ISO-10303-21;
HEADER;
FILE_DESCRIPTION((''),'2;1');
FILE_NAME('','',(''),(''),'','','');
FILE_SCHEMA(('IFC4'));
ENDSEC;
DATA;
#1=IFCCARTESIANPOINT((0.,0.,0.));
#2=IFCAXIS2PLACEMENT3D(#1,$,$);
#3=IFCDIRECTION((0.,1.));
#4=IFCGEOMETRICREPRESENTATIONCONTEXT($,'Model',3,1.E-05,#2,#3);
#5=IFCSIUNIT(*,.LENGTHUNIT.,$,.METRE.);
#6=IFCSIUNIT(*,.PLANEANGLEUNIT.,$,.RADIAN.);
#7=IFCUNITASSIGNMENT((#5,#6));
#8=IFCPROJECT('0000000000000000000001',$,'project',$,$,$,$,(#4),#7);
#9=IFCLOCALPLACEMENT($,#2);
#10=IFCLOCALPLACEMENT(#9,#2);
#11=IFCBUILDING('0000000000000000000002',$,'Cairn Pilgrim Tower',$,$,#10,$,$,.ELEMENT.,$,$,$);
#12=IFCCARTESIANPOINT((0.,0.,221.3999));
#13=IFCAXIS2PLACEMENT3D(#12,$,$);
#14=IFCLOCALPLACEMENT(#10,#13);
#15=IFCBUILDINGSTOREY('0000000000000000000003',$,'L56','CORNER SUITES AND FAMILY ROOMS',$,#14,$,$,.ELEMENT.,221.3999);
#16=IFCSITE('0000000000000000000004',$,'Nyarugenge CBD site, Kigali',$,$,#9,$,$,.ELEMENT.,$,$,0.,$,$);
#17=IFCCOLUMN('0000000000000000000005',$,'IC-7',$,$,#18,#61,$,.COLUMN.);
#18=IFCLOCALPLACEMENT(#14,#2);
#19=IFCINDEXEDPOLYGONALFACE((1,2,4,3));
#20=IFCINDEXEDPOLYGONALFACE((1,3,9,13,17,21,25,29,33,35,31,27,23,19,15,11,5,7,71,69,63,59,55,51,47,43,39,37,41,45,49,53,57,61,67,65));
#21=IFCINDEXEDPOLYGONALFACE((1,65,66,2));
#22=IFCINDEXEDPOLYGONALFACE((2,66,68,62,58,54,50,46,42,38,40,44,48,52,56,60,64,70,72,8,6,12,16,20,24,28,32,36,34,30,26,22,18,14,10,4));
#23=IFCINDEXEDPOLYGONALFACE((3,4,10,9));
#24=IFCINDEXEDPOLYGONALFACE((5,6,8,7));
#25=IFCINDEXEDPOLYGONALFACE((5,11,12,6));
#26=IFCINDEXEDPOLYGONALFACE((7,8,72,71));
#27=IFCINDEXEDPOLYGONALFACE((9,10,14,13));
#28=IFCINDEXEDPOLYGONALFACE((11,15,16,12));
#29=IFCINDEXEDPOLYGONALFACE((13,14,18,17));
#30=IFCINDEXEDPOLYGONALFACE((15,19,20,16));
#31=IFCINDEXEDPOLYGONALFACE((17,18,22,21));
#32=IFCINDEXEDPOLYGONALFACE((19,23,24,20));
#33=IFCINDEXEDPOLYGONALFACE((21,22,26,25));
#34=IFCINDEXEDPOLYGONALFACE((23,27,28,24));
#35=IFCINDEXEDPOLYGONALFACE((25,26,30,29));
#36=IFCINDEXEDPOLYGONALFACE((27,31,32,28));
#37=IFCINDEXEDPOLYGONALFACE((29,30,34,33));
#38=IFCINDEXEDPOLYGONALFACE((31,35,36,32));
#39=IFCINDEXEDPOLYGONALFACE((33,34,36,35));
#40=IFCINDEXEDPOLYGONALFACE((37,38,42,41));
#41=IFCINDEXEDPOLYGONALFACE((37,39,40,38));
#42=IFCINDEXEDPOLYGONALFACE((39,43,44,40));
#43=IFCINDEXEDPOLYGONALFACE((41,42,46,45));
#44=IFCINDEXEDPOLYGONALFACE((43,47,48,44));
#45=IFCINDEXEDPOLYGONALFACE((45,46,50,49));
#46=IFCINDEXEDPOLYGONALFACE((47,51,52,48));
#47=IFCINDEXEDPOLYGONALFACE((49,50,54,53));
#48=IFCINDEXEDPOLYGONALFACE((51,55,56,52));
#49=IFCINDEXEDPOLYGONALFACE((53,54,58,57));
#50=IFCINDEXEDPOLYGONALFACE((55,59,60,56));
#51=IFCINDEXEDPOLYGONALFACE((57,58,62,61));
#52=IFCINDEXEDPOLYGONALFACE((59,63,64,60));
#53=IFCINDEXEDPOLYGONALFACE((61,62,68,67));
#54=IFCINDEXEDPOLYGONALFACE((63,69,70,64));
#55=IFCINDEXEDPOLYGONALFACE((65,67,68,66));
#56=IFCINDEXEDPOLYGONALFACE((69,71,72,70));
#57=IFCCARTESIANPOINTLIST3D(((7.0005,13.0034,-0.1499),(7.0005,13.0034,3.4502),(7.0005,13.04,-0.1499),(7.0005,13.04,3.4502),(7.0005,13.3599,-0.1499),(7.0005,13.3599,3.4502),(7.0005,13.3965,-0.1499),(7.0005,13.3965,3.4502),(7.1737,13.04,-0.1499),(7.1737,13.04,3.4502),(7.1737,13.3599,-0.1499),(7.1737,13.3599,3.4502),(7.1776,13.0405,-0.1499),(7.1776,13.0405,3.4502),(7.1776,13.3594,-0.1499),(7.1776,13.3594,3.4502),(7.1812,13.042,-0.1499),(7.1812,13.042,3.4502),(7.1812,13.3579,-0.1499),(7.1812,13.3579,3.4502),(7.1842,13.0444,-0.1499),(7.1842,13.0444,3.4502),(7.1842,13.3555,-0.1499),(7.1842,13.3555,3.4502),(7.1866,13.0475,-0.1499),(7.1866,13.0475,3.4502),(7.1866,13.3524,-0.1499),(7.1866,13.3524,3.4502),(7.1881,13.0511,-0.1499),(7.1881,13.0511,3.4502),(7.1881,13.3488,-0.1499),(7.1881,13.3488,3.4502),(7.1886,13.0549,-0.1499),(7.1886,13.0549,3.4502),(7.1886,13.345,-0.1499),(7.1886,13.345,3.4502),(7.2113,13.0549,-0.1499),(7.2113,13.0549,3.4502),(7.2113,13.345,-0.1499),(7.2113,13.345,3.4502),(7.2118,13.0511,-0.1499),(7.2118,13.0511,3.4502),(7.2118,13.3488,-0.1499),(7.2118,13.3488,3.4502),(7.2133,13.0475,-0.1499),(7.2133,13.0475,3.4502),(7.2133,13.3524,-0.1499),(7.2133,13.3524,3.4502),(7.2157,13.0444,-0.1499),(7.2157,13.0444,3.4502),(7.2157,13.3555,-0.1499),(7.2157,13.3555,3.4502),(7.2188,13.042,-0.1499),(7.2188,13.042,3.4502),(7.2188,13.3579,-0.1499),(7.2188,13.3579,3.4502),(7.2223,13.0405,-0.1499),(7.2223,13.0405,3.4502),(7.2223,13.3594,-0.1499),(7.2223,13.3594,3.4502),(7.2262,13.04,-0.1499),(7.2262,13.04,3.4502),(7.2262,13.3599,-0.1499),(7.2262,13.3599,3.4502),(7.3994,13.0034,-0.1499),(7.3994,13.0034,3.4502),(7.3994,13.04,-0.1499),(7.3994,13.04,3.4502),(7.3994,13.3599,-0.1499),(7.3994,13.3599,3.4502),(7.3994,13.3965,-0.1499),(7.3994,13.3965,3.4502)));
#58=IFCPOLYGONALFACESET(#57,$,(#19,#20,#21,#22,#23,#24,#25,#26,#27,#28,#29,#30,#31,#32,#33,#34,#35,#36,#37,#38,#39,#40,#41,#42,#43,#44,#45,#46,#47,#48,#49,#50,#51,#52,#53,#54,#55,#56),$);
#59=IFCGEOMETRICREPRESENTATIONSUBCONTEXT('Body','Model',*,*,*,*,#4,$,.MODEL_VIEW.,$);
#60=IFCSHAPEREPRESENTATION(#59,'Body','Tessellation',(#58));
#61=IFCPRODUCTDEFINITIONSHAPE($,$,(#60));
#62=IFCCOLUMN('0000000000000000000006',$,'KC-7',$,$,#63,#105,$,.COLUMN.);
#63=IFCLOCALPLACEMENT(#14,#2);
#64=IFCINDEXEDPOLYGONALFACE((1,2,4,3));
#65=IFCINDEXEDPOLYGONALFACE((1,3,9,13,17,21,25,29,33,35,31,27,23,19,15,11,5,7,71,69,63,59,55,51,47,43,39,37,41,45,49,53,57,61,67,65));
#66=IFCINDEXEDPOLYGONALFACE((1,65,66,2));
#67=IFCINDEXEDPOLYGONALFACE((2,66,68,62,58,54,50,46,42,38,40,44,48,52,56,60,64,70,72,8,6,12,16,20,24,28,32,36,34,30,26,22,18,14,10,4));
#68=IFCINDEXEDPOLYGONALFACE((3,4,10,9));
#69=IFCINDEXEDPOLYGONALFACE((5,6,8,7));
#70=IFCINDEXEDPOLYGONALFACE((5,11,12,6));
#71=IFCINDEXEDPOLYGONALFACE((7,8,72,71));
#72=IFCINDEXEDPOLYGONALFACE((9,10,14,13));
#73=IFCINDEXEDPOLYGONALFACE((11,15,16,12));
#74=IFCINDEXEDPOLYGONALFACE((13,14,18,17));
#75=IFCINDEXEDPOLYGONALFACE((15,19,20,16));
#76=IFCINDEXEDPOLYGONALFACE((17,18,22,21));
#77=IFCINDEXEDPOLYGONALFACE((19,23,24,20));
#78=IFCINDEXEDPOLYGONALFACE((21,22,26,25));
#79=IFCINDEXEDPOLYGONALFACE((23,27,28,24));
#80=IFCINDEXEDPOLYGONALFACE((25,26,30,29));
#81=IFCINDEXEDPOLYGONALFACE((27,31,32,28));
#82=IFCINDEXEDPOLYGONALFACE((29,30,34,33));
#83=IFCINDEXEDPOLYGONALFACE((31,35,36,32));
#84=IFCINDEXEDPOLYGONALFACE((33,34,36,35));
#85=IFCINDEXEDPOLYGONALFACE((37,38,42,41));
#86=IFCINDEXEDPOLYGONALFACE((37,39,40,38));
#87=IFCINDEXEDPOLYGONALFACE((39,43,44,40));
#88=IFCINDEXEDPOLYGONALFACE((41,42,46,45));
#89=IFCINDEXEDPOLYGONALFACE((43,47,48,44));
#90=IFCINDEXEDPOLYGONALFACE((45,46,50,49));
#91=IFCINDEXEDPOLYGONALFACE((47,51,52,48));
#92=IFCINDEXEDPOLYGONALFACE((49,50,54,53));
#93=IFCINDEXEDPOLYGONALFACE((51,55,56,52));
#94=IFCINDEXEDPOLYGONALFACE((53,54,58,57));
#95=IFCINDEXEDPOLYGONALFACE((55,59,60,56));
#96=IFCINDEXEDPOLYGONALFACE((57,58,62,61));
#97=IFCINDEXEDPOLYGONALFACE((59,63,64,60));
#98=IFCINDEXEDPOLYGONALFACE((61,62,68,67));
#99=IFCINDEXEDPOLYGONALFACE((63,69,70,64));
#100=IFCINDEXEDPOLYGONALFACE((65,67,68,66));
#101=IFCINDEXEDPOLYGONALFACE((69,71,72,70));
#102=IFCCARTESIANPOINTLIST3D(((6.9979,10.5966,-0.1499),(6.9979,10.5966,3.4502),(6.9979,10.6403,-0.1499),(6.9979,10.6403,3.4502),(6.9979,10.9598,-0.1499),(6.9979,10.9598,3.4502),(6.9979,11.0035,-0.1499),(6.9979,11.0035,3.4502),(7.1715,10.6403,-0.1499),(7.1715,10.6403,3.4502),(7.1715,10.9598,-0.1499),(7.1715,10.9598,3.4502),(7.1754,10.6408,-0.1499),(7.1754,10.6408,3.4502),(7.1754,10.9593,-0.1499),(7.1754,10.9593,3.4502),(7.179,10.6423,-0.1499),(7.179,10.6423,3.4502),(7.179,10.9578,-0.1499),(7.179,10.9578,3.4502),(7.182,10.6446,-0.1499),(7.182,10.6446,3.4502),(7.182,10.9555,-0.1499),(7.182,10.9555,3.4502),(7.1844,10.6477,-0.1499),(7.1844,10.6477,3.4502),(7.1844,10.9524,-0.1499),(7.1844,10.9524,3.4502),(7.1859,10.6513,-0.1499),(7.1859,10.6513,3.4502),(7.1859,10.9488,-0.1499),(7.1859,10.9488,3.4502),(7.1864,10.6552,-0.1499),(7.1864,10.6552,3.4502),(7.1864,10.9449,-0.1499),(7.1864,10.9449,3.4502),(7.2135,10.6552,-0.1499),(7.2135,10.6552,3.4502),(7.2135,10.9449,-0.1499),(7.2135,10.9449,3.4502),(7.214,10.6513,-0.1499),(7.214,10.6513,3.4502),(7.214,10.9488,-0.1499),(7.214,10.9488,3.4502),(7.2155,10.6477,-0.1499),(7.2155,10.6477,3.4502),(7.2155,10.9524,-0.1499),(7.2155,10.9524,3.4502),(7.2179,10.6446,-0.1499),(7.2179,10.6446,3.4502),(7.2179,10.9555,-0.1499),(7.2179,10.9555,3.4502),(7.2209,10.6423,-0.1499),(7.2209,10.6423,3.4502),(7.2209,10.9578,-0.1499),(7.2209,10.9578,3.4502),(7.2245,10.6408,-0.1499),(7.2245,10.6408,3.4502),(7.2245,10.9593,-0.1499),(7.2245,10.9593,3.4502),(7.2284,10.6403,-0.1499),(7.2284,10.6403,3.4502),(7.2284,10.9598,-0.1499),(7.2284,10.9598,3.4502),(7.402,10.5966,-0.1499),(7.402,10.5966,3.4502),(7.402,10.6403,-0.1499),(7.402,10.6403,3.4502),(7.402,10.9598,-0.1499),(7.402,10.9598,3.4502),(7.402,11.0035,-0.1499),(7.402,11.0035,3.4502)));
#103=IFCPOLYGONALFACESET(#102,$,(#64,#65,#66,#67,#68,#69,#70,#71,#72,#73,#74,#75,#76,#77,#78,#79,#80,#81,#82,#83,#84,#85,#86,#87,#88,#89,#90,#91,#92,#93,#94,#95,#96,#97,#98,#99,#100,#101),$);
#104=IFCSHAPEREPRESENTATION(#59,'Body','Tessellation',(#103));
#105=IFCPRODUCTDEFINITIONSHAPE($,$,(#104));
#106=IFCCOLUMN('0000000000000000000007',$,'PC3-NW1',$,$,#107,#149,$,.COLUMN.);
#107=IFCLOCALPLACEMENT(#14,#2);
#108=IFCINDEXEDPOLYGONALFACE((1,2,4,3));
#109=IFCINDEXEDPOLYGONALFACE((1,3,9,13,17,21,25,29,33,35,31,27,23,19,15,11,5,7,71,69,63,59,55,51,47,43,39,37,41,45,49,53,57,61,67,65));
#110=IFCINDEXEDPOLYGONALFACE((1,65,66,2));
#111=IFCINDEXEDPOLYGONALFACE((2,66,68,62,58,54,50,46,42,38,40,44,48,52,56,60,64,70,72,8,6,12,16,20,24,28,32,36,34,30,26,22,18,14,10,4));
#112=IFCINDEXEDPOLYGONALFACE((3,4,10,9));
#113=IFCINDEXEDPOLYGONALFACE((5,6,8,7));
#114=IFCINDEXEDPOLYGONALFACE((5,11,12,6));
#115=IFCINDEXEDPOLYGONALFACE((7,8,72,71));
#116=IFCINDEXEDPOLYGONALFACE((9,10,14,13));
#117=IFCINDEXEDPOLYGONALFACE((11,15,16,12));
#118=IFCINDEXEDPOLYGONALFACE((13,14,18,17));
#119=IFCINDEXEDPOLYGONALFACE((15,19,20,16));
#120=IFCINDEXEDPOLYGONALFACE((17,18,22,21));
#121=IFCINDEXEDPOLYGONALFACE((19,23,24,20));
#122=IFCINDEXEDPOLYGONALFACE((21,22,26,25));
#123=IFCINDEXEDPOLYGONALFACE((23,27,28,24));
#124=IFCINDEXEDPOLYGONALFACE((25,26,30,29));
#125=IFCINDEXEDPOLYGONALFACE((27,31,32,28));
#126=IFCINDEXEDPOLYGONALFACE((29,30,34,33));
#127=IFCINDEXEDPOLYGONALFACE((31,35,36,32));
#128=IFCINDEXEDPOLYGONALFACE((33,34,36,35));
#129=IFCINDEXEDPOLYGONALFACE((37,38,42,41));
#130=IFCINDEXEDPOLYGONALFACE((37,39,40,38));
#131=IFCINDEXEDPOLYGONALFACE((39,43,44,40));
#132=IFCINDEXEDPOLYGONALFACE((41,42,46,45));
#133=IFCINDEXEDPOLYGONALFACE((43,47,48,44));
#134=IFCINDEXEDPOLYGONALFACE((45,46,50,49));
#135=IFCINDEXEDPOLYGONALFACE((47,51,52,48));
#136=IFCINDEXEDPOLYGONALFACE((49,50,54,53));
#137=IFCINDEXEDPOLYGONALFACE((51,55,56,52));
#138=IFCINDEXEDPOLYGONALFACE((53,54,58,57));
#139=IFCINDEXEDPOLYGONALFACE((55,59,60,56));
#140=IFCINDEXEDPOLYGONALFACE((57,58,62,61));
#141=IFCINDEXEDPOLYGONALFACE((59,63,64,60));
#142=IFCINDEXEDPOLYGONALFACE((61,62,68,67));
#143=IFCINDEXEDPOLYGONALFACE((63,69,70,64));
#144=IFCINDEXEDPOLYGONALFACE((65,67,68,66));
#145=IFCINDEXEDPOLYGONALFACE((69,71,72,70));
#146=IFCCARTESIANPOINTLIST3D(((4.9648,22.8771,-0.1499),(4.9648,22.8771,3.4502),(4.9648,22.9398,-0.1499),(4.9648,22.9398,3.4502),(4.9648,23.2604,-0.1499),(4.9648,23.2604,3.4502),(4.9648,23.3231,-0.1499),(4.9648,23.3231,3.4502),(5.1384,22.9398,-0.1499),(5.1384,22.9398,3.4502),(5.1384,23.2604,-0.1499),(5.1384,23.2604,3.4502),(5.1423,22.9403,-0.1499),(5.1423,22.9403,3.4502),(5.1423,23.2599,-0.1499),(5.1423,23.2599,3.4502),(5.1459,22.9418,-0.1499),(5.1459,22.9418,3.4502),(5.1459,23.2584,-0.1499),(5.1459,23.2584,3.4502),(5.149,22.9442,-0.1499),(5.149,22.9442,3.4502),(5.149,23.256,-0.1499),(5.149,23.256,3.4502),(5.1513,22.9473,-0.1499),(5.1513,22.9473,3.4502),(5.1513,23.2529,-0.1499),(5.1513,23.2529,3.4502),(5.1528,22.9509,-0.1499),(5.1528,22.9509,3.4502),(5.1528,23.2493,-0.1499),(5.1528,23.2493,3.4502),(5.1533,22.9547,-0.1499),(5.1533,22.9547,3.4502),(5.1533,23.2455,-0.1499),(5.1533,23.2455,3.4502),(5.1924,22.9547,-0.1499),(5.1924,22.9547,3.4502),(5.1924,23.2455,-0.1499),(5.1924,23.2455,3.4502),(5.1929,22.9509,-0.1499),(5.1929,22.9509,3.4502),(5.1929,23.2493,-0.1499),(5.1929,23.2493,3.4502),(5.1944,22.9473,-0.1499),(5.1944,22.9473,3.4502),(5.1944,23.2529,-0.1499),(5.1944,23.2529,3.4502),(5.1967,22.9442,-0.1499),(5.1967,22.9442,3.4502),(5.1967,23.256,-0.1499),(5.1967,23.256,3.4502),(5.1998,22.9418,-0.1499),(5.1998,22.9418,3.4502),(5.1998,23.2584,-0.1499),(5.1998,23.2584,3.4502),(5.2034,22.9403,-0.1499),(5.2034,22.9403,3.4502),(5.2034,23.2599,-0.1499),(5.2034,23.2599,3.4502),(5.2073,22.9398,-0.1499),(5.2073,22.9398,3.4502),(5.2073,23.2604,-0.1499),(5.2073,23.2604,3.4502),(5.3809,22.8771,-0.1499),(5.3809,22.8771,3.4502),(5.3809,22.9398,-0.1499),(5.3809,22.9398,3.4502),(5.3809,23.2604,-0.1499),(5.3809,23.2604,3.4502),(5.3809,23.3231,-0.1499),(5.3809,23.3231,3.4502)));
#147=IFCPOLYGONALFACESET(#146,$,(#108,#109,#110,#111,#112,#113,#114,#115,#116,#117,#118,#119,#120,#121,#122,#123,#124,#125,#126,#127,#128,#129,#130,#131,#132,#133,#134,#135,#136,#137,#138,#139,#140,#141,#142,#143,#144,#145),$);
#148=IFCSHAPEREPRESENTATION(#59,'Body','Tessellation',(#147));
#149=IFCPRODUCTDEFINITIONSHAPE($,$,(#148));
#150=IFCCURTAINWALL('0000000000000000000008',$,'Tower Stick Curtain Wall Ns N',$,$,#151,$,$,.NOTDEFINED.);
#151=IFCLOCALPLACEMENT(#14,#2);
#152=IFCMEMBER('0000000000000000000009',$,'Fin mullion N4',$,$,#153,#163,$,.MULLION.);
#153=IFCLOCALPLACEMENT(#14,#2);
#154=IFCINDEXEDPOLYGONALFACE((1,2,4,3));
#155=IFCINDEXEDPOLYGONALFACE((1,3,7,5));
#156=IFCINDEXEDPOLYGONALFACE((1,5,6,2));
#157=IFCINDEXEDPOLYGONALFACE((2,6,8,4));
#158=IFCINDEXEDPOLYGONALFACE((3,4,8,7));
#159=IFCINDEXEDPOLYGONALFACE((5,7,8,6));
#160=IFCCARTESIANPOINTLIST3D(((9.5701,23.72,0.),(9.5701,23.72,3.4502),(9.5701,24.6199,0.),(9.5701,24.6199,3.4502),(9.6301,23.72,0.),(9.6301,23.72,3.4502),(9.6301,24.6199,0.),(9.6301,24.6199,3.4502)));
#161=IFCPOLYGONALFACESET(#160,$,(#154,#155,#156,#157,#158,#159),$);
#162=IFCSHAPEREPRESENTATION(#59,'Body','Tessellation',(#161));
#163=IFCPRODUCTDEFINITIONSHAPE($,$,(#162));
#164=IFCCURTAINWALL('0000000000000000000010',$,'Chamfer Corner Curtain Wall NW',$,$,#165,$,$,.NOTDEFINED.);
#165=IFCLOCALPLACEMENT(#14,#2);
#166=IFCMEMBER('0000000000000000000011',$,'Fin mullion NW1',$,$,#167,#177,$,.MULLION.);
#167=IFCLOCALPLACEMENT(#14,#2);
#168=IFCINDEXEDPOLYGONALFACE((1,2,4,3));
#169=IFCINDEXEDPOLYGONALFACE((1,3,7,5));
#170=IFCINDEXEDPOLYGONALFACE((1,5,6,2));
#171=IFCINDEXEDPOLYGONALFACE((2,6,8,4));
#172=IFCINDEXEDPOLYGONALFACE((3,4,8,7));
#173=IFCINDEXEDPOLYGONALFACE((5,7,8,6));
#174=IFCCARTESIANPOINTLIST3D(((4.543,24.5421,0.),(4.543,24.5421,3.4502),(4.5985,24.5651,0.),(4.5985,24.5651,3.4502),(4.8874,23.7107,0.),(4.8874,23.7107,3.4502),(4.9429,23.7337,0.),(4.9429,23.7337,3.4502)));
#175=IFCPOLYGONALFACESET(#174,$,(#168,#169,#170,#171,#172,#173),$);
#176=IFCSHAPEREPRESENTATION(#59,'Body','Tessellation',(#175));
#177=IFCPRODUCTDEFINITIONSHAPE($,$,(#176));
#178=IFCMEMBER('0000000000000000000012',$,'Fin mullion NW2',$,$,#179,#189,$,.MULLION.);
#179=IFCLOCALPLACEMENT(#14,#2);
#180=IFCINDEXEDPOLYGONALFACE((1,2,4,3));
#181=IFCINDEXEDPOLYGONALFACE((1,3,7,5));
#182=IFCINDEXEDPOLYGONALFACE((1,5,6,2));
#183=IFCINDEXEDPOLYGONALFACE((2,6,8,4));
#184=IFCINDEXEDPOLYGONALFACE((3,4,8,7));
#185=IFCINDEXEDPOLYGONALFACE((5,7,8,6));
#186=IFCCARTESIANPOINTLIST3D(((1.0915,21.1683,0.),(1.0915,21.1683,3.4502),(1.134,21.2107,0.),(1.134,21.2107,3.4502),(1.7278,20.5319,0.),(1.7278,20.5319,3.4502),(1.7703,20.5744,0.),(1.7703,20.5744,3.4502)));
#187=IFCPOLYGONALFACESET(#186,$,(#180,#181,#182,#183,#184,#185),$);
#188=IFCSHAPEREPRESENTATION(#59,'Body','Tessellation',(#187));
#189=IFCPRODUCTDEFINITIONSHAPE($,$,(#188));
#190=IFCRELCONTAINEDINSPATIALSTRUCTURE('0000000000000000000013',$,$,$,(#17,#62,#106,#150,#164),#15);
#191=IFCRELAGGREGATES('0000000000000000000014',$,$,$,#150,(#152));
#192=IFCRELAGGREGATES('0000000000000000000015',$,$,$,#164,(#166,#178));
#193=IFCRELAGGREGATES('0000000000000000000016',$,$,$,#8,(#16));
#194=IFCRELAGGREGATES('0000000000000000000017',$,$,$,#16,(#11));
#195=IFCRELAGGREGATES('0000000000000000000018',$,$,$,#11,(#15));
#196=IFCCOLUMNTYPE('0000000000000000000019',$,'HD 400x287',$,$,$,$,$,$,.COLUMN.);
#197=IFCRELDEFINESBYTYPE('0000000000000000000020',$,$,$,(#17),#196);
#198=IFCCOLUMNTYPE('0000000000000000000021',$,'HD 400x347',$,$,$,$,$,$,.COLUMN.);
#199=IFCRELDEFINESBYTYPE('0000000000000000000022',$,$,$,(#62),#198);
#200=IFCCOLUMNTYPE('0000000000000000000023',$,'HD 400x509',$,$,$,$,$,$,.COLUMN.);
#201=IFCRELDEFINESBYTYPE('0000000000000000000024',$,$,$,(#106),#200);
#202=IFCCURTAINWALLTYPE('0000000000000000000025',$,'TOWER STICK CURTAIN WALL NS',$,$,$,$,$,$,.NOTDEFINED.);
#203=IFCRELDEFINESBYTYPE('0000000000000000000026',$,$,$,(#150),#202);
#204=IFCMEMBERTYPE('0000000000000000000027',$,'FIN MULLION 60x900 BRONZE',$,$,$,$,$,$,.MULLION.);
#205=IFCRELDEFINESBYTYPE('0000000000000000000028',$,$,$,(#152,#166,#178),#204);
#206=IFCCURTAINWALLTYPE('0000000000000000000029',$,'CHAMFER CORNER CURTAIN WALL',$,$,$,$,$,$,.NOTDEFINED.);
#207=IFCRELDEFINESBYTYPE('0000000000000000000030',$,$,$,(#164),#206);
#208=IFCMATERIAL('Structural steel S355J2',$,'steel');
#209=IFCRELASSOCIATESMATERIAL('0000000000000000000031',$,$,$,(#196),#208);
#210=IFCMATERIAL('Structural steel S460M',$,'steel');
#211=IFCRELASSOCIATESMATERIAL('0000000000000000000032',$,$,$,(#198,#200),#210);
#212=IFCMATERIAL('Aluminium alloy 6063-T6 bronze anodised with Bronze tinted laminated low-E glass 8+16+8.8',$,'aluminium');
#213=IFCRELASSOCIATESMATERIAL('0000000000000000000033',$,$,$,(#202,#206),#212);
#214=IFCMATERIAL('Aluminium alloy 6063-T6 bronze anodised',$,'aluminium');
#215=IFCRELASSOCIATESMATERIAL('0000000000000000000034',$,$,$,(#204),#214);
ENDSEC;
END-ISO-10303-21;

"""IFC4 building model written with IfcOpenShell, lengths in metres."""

from ifc_helpers import new_model, si_unit, direction, frame, origin, origin_2d, place, context, subcontext, project, spatial, rectangle, i_section, extrude, material, material_profile, profile_set, type_object, element, aggregate, save


model = new_model("IFC4")

# Units and contexts
model_context = context("Model", 3, precision=1e-05, world=origin(), true_north=direction((0.0, 1.0)))
body_context = subcontext(model_context, "Body", "Model", "MODEL_VIEW")
ifc_project = project(units=[si_unit("LENGTHUNIT", "METRE"), si_unit("PLANEANGLEUNIT", "RADIAN")], contexts=[model_context])

# Site, building, storey
site_placement = place(None, origin())
site = spatial("IfcSite", under=ifc_project, at=site_placement, Name="Nyarugenge CBD site, Kigali", CompositionType="ELEMENT", RefElevation=0.0)
building_placement = place(site_placement, origin())
building = spatial("IfcBuilding", under=site, at=building_placement, Name="Cairn Pilgrim Tower", CompositionType="ELEMENT")
storey_placement = place(building_placement, frame((0.0, 0.0, 221.3999)))
storey = spatial("IfcBuildingStorey", under=building, at=storey_placement, Name="L56", Description="CORNER SUITES AND FAMILY ROOMS", CompositionType="ELEMENT", Elevation=221.3999)

# Columns
ifc_material_1 = material(Name="Structural steel S355J2", Category="steel")
ifc_material_profile_1 = material_profile(ifc_material_1, i_section(OverallWidth=0.3989, OverallDepth=0.3931, WebThickness=0.0227, FlangeThickness=0.0366, FilletRadius=0.0149, at=origin_2d()), Name="HD 400x287")
ifc_profile_set_1 = profile_set([ifc_material_profile_1], Name="Structural steel S355J2")
column_type_1 = type_object("IfcColumnType", Name="HD 400x287", PredefinedType="COLUMN", material=ifc_profile_set_1)
column_1_placement = place(storey_placement, frame((7.2, 13.2, -0.1499), z_axis=(0.0, 0.0, 1.0), x_axis=(1.0, 0.0, 0.0)))
element("IfcColumn", 1, at=column_1_placement, inside=storey, type_object=column_type_1, Name="IC-7", PredefinedType="COLUMN", context=body_context, shape_type="SweptSolid", body=[
    extrude(i_section(OverallWidth=0.3989, OverallDepth=0.3931, WebThickness=0.0227, FlangeThickness=0.0366, FilletRadius=0.0149, at=origin_2d()), origin(), (0.0, 0.0, 1.0), 3.6001),
])
ifc_material_2 = material(Name="Structural steel S460M", Category="steel")
ifc_material_profile_2 = material_profile(ifc_material_2, i_section(OverallWidth=0.4041, OverallDepth=0.407, WebThickness=0.0271, FlangeThickness=0.0437, FilletRadius=0.0149, at=origin_2d()), Name="HD 400x347")
ifc_profile_set_2 = profile_set([ifc_material_profile_2], Name="Structural steel S460M")
column_type_2 = type_object("IfcColumnType", Name="HD 400x347", PredefinedType="COLUMN", material=ifc_profile_set_2)
column_2_placement = place(storey_placement, frame((7.2, 10.8, -0.1499), z_axis=(0.0, 0.0, 1.0), x_axis=(1.0, 0.0, 0.0)))
element("IfcColumn", 2, at=column_2_placement, inside=storey, type_object=column_type_2, Name="KC-7", PredefinedType="COLUMN", context=body_context, shape_type="SweptSolid", body=[
    extrude(i_section(OverallWidth=0.4041, OverallDepth=0.407, WebThickness=0.0271, FlangeThickness=0.0437, FilletRadius=0.0149, at=origin_2d()), origin(), (0.0, 0.0, 1.0), 3.6001),
])
ifc_material_profile_3 = material_profile(ifc_material_2, i_section(OverallWidth=0.416, OverallDepth=0.446, WebThickness=0.0391, FlangeThickness=0.0627, FilletRadius=0.0149, at=origin_2d()), Name="HD 400x509")
ifc_profile_set_3 = profile_set([ifc_material_profile_3], Name="Structural steel S460M")
column_type_3 = type_object("IfcColumnType", Name="HD 400x509", PredefinedType="COLUMN", material=ifc_profile_set_3)
column_3_placement = place(storey_placement, frame((5.1729, 23.1001, -0.1499), z_axis=(0.0, 0.0, 1.0), x_axis=(1.0, 0.0, 0.0)))
element("IfcColumn", 3, at=column_3_placement, inside=storey, type_object=column_type_3, Name="PC3-NW1", PredefinedType="COLUMN", context=body_context, shape_type="SweptSolid", body=[
    extrude(i_section(OverallWidth=0.416, OverallDepth=0.446, WebThickness=0.0391, FlangeThickness=0.0627, FilletRadius=0.0149, at=origin_2d()), origin(), (0.0, 0.0, 1.0), 3.6001),
])

# Curtain wall, member
ifc_material_3 = material(Name="Aluminium alloy 6063-T6 bronze anodised with Bronze tinted laminated low-E glass 8+16+8.8", Category="aluminium")
curtain_wall_type_1 = type_object("IfcCurtainWallType", Name="TOWER STICK CURTAIN WALL NS", PredefinedType="NOTDEFINED", material=ifc_material_3)
curtain_wall_1_placement = place(storey_placement, origin())
curtain_wall_1 = element("IfcCurtainWall", 4, at=curtain_wall_1_placement, inside=storey, type_object=curtain_wall_type_1, Name="Tower Stick Curtain Wall Ns N", PredefinedType="NOTDEFINED")
ifc_material_4 = material(Name="Aluminium alloy 6063-T6 bronze anodised", Category="aluminium")
ifc_material_profile_4 = material_profile(ifc_material_4, rectangle(XDim=0.8999, YDim=0.0601, at=origin_2d()), Name="FIN MULLION 60x900 BRONZE")
ifc_profile_set_4 = profile_set([ifc_material_profile_4], Name="Aluminium alloy 6063-T6 bronze anodised")
member_type_1 = type_object("IfcMemberType", Name="FIN MULLION 60x900 BRONZE", PredefinedType="MULLION", material=ifc_profile_set_4)
member_1_placement = place(storey_placement, frame((9.6001, 24.1699, 0.0), z_axis=(0.0, 0.0, 1.0), x_axis=(0.0, 1.0, 0.0)))
member_1 = element("IfcMember", 5, at=member_1_placement, type_object=member_type_1, Name="Fin mullion N4", PredefinedType="MULLION", context=body_context, shape_type="SweptSolid", body=[
    extrude(rectangle(XDim=0.8999, YDim=0.0601, at=origin_2d()), origin(), (0.0, 0.0, 1.0), 3.4502),
])
aggregate(curtain_wall_1, [member_1])

# Curtain wall, members
curtain_wall_type_2 = type_object("IfcCurtainWallType", Name="CHAMFER CORNER CURTAIN WALL", PredefinedType="NOTDEFINED", material=ifc_material_3)
curtain_wall_2_placement = place(storey_placement, origin())
curtain_wall_2 = element("IfcCurtainWall", 6, at=curtain_wall_2_placement, inside=storey, type_object=curtain_wall_type_2, Name="Chamfer Corner Curtain Wall NW", PredefinedType="NOTDEFINED")
member_2_placement = place(storey_placement, frame((4.7429, 24.1379, 0.0), z_axis=(0.0, 0.0, 1.0), x_axis=(-0.382683, 0.92388, 0.0)))
member_2 = element("IfcMember", 7, at=member_2_placement, type_object=member_type_1, Name="Fin mullion NW1", PredefinedType="MULLION", context=body_context, shape_type="SweptSolid", body=[
    extrude(rectangle(XDim=0.8999, YDim=0.0601, at=origin_2d()), origin(), (0.0, 0.0, 1.0), 3.4502),
])
member_3_placement = place(storey_placement, frame((1.4309, 20.8713, 0.0), z_axis=(0.0, 0.0, 1.0), x_axis=(-0.707107, 0.707107, 0.0)))
member_3 = element("IfcMember", 8, at=member_3_placement, type_object=member_type_1, Name="Fin mullion NW2", PredefinedType="MULLION", context=body_context, shape_type="SweptSolid", body=[
    extrude(rectangle(XDim=0.8999, YDim=0.0601, at=origin_2d()), origin(), (0.0, 0.0, 1.0), 3.4502),
])

aggregate(curtain_wall_2, [member_2, member_3])

save(model, "model.ifc")
